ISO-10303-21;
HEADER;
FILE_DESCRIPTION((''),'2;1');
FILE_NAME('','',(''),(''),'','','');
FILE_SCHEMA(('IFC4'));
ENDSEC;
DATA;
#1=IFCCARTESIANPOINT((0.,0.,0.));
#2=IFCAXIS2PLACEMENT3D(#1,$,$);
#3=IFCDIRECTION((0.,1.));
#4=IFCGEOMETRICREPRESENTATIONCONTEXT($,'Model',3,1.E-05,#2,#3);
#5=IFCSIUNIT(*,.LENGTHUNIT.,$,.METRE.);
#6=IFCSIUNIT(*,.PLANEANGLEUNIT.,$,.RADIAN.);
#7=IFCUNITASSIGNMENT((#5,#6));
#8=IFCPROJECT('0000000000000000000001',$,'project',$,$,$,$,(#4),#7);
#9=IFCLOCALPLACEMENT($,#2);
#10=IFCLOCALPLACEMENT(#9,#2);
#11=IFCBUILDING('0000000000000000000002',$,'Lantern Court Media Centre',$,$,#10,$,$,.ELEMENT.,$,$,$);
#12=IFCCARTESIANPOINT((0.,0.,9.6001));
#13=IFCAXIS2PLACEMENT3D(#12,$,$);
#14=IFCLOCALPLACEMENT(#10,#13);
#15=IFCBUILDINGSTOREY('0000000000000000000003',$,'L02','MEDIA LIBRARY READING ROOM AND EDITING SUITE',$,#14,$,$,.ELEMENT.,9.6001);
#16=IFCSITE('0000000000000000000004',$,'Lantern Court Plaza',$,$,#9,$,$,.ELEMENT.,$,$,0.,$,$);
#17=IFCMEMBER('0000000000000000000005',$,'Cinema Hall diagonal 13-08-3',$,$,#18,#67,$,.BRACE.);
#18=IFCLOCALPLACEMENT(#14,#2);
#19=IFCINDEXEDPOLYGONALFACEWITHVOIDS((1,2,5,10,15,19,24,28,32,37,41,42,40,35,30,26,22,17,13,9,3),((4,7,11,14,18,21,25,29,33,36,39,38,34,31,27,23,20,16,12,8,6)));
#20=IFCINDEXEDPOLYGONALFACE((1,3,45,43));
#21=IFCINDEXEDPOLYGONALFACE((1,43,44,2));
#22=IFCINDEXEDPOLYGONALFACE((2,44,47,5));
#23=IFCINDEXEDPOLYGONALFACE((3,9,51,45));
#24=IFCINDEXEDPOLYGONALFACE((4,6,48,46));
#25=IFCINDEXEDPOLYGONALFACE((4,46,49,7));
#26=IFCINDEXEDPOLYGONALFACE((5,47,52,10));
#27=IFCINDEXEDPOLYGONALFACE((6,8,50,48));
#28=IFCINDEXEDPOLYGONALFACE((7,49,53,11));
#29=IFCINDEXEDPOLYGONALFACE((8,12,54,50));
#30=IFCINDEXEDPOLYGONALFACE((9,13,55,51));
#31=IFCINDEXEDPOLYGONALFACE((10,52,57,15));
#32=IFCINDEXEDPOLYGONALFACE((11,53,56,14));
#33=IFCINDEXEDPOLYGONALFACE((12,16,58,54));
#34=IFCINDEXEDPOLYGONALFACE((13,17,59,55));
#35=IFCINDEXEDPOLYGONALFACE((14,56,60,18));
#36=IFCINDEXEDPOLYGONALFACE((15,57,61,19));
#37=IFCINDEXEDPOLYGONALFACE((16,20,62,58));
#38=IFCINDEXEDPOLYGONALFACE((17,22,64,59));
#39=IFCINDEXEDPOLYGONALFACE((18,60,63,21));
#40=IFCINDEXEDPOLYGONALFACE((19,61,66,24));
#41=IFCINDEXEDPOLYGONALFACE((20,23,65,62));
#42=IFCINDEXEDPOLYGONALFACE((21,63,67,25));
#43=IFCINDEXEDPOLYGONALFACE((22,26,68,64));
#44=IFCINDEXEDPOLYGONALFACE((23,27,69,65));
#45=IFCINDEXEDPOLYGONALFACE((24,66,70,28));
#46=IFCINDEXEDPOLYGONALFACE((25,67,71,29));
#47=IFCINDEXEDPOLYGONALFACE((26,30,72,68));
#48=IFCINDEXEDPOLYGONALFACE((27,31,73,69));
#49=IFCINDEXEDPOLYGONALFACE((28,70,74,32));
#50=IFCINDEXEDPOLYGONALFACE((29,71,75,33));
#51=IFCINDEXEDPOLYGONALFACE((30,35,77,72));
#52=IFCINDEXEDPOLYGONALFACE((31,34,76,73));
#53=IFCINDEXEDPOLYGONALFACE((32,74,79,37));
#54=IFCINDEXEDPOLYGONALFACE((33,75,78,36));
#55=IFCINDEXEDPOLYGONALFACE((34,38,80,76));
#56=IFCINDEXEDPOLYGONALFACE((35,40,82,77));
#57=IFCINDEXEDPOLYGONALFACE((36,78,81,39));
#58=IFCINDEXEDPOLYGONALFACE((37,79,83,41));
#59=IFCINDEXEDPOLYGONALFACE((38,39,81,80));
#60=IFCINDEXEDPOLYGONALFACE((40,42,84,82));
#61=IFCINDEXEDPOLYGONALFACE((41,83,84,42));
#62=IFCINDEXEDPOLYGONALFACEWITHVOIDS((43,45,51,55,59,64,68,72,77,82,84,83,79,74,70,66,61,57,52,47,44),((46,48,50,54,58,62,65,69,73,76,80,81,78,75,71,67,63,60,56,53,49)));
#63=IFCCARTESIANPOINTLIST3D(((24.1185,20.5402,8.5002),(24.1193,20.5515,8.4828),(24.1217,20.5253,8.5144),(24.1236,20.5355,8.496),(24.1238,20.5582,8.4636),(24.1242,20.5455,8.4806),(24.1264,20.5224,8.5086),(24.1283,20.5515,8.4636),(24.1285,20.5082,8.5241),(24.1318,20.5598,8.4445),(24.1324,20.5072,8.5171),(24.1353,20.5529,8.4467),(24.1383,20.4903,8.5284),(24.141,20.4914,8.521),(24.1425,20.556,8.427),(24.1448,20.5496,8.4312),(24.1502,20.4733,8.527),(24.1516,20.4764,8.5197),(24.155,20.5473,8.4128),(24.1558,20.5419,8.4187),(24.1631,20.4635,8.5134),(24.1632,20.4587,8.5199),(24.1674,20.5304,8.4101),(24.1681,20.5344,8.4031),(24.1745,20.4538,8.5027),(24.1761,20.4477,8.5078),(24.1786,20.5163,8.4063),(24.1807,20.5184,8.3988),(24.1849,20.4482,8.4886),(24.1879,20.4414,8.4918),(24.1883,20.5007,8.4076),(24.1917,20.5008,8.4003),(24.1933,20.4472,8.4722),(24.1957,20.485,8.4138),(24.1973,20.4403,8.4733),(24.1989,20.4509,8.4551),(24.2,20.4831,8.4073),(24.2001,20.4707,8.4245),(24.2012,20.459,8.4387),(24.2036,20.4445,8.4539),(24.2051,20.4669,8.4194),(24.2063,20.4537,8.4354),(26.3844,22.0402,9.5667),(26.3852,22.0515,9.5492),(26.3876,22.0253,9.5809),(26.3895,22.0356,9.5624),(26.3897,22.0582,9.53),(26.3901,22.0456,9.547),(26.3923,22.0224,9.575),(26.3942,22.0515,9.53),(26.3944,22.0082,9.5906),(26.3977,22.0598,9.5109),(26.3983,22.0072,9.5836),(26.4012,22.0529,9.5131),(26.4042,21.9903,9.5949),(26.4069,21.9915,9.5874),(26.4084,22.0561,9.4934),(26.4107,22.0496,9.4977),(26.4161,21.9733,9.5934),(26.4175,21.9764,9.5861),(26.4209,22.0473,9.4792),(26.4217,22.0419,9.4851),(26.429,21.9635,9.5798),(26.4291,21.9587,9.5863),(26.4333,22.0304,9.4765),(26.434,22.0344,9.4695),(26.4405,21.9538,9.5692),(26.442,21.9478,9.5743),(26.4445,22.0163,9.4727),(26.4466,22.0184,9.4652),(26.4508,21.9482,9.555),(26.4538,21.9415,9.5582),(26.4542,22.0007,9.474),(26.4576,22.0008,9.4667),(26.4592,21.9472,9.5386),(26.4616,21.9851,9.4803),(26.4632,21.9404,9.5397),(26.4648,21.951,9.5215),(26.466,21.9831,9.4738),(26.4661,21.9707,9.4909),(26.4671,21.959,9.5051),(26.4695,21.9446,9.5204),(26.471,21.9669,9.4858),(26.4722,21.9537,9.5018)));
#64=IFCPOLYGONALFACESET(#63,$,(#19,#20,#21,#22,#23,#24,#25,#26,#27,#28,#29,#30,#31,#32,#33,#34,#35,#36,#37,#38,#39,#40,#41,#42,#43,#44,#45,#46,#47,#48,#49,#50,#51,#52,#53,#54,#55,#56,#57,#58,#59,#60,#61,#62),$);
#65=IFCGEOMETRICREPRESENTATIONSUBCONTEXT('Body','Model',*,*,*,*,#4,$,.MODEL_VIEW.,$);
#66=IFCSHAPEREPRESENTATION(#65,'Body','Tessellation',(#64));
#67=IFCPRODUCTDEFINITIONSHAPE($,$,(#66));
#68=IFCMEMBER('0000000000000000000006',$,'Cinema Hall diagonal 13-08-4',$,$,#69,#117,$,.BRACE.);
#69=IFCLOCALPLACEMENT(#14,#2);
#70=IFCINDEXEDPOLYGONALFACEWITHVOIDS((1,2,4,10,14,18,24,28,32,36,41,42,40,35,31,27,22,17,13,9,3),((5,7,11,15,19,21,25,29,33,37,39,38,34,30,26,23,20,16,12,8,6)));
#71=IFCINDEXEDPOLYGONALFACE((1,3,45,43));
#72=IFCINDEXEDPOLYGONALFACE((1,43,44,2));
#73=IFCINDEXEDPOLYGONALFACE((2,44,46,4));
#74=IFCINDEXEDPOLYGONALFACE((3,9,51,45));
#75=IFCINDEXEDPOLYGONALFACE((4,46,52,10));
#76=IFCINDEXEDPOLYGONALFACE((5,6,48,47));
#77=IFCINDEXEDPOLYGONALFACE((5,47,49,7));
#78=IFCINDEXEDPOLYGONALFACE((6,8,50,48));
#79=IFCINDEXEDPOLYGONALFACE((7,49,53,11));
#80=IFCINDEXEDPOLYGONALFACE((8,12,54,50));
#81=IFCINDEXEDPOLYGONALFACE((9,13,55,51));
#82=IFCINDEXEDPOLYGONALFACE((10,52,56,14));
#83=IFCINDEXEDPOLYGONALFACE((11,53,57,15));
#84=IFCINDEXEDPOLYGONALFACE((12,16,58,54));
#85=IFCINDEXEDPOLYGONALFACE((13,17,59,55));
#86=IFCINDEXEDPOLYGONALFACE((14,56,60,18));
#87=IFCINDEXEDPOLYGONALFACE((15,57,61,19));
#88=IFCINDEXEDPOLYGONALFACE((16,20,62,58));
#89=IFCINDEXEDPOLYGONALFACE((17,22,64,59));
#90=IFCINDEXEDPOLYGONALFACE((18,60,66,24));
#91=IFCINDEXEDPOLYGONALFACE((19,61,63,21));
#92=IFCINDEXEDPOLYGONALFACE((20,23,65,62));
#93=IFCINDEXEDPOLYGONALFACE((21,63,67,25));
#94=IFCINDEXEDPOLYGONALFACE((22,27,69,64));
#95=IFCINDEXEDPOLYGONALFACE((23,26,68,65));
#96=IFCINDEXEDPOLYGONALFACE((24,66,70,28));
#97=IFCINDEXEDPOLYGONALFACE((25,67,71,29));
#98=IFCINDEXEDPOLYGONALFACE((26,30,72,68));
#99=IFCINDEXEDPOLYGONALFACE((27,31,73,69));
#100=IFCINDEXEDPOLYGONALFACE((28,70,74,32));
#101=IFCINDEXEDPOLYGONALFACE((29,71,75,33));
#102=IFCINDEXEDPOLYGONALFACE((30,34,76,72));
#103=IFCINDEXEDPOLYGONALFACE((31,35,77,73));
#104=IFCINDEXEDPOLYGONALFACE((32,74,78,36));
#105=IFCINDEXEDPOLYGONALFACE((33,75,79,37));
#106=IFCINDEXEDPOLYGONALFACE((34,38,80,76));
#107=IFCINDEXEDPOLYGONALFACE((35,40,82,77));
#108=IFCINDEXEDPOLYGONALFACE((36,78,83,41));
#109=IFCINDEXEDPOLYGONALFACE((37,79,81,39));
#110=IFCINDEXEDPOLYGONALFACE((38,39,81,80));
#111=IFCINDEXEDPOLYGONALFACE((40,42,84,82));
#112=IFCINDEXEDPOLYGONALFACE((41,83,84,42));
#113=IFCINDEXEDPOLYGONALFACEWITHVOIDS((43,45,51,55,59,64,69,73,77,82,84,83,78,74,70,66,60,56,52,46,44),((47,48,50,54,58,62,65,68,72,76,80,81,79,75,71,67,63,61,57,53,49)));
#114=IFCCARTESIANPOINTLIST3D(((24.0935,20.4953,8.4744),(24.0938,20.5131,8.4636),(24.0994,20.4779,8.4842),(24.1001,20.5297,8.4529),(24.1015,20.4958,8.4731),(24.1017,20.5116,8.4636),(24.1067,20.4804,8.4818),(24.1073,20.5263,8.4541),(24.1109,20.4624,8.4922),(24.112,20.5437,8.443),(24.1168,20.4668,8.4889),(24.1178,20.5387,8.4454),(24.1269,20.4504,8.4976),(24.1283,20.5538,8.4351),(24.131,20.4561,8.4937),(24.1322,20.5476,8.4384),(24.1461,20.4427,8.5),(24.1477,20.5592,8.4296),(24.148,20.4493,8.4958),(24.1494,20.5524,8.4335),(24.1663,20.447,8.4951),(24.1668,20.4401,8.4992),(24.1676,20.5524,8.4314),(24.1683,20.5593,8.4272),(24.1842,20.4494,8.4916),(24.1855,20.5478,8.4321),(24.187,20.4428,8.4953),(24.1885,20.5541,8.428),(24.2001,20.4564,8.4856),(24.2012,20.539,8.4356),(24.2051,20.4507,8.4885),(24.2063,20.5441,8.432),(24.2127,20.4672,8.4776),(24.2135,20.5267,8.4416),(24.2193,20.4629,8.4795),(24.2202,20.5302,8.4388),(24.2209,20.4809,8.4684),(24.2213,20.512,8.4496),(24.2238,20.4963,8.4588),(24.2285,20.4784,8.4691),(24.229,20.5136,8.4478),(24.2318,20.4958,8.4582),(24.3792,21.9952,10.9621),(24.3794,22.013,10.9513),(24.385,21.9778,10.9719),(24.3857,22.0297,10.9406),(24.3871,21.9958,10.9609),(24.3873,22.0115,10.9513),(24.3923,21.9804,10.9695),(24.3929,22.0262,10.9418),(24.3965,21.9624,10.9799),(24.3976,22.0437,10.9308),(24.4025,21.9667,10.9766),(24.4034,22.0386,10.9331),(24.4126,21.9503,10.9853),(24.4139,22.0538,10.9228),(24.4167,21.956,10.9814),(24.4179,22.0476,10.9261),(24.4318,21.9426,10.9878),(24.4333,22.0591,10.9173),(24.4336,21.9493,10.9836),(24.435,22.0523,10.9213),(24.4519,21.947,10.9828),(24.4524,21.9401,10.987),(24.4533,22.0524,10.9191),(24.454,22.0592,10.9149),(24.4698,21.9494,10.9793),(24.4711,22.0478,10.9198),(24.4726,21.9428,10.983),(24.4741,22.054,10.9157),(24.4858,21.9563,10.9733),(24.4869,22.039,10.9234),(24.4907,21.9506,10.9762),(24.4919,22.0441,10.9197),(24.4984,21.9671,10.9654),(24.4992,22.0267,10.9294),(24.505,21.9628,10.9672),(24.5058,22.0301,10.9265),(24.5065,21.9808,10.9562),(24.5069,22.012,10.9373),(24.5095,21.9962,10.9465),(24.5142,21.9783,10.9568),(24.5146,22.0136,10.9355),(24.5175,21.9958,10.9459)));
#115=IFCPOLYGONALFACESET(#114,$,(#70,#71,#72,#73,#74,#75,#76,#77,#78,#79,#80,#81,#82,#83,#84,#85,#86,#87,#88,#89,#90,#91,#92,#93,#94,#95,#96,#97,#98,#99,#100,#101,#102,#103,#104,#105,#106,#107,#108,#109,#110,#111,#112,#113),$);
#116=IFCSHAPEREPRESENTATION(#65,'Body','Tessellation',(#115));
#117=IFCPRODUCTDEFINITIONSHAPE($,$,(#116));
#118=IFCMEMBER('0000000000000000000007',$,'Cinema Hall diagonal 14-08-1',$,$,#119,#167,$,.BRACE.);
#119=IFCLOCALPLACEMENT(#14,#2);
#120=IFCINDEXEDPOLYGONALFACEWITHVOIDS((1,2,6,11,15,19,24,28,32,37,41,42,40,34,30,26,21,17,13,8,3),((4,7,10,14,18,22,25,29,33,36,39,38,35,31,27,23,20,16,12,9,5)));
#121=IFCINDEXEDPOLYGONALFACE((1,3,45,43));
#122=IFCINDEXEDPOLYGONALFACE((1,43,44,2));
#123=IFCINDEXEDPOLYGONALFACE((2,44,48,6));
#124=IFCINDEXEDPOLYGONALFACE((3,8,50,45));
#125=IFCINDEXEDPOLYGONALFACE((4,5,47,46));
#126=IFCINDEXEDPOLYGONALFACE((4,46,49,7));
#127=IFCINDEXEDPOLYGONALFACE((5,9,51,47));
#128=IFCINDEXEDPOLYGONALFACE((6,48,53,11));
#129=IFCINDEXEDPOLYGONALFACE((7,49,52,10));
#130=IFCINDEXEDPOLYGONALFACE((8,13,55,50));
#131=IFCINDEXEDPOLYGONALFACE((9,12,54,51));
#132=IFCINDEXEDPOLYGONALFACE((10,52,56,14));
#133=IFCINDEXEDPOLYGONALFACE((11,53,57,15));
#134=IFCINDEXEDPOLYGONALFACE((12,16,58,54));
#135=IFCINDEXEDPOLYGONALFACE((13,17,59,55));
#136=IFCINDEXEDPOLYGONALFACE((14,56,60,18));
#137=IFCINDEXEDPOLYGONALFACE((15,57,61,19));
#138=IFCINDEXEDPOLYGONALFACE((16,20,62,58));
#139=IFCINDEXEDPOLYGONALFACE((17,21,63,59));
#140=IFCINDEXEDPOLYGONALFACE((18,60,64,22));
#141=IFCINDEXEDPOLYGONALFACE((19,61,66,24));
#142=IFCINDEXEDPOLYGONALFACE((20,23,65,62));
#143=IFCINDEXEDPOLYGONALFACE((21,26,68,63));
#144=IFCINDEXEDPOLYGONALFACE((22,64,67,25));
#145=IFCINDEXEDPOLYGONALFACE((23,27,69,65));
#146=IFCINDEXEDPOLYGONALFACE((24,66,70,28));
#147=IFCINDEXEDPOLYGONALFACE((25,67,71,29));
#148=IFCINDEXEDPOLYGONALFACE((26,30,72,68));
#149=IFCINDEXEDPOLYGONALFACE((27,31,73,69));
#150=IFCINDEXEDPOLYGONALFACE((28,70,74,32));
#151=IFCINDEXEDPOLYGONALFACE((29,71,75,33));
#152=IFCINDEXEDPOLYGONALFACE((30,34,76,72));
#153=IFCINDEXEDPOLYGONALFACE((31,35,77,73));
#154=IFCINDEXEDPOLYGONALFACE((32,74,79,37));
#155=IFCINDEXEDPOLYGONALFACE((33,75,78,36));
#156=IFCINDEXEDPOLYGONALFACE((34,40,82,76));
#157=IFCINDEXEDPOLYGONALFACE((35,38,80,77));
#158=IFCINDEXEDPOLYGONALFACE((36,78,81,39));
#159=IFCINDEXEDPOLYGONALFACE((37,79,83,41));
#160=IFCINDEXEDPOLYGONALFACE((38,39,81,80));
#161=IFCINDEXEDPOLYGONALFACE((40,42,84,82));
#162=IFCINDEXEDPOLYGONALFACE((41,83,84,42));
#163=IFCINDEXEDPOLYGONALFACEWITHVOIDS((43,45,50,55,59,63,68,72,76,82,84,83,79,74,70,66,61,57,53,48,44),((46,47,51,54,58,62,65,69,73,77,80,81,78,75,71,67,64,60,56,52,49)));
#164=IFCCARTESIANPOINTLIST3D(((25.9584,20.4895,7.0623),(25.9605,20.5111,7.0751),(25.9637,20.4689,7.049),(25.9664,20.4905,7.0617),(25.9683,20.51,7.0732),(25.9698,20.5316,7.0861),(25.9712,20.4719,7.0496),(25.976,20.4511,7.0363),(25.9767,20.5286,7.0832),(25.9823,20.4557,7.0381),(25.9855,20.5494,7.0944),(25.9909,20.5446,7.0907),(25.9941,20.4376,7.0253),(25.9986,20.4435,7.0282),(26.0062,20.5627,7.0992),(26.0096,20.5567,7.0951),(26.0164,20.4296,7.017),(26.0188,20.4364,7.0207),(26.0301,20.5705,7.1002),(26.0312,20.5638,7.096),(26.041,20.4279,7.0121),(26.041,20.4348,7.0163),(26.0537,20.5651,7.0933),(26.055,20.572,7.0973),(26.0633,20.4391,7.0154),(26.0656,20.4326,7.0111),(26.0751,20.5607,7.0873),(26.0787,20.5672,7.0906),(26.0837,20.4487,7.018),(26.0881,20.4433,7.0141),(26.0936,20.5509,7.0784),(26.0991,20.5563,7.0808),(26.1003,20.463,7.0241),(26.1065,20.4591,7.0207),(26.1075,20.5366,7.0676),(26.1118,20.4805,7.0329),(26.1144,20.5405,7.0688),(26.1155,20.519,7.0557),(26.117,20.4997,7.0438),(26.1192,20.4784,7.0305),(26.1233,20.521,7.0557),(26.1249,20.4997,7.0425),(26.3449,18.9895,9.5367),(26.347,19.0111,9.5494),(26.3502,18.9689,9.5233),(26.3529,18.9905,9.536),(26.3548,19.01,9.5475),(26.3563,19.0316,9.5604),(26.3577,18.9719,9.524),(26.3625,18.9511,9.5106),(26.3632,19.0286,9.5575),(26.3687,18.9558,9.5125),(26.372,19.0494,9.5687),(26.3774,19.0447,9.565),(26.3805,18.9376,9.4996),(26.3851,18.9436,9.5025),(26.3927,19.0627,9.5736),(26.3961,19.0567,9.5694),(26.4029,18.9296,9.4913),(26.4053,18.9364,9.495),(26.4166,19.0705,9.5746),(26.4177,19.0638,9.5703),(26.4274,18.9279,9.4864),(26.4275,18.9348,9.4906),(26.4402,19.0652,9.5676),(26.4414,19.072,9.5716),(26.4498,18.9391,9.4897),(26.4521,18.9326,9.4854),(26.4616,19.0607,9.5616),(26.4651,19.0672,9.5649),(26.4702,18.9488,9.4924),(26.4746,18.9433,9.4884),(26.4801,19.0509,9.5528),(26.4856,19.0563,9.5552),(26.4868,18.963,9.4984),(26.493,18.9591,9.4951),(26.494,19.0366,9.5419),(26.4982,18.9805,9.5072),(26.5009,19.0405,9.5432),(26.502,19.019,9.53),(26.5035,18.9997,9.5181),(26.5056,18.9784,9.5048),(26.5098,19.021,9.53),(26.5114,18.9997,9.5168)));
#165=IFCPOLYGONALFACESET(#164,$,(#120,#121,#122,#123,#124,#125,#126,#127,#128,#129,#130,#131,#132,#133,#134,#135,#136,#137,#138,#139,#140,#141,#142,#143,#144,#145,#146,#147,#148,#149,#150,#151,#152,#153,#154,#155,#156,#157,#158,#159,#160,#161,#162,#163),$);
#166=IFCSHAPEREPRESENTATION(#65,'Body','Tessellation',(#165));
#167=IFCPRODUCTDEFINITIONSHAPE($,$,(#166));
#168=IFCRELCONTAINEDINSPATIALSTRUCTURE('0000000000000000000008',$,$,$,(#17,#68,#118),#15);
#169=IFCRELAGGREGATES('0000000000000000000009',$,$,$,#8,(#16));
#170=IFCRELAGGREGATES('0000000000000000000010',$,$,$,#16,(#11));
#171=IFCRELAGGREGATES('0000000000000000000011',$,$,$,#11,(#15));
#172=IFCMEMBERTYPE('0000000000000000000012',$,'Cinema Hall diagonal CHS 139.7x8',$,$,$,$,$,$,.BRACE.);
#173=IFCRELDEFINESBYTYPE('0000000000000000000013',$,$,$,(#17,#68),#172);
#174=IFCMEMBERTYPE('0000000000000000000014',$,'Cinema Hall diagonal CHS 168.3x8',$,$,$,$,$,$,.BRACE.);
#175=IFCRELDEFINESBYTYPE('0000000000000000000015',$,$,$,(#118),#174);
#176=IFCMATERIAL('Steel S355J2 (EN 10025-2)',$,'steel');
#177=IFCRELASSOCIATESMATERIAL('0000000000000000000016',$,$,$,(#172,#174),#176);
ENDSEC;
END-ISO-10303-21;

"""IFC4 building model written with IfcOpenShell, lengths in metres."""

from ifc_helpers import new_model, si_unit, direction, frame, origin, origin_2d, place, context, subcontext, project, spatial, hollow_circle, extrude, material, material_profile, profile_set, type_object, element, save


model = new_model("IFC4")

# Units and contexts
model_context = context("Model", 3, precision=1e-05, world=origin(), true_north=direction((0.0, 1.0)))
body_context = subcontext(model_context, "Body", "Model", "MODEL_VIEW")
ifc_project = project(units=[si_unit("LENGTHUNIT", "METRE"), si_unit("PLANEANGLEUNIT", "RADIAN")], contexts=[model_context])

# Site, building, storey
site_placement = place(None, origin())
site = spatial("IfcSite", under=ifc_project, at=site_placement, Name="Lantern Court Plaza", CompositionType="ELEMENT", RefElevation=0.0)
building_placement = place(site_placement, origin())
building = spatial("IfcBuilding", under=site, at=building_placement, Name="Lantern Court Media Centre", CompositionType="ELEMENT")
storey_placement = place(building_placement, frame((0.0, 0.0, 9.6001)))
storey = spatial("IfcBuildingStorey", under=building, at=storey_placement, Name="L02", Description="MEDIA LIBRARY READING ROOM AND EDITING SUITE", CompositionType="ELEMENT", Elevation=9.6001)

# Members
ifc_material = material(Name="Steel S355J2 (EN 10025-2)", Category="steel")
ifc_material_profile_1 = material_profile(ifc_material, hollow_circle(Radius=0.0698, WallThickness=0.0081, at=origin_2d()), Name="Cinema Hall diagonal CHS 139.7x8")
ifc_profile_set_1 = profile_set([ifc_material_profile_1], Name="Steel S355J2 (EN 10025-2)")
member_type_1 = type_object("IfcMemberType", Name="Cinema Hall diagonal CHS 139.7x8", PredefinedType="BRACE", material=ifc_profile_set_1)
for number, where, z_axis, x_axis, name in (
    (1, (24.1624, 20.5, 8.4636), (0.776211, 0.51385, 0.365315), (-0.552002, 0.833843, 0.0), "Cinema Hall diagonal 13-08-3"),
):
    element("IfcMember", number, at=place(storey_placement, frame(where, z_axis=z_axis, x_axis=x_axis)), inside=storey, type_object=member_type_1, Name=name, PredefinedType="BRACE", context=body_context, shape_type="SweptSolid", body=[
        extrude(hollow_circle(Radius=0.0698, WallThickness=0.0081, at=origin_2d()), origin(), (0.0, 0.0, 1.0), 2.9192),
    ])
member_1_placement = place(storey_placement, frame((24.1624, 20.5, 8.4636), z_axis=(0.097856, 0.51387, 0.852268), x_axis=(-0.982347, 0.187068, 0.0)))
element("IfcMember", 2, at=member_1_placement, inside=storey, type_object=member_type_1, Name="Cinema Hall diagonal 13-08-4", PredefinedType="BRACE", context=body_context, shape_type="SweptSolid", body=[
    extrude(hollow_circle(Radius=0.0698, WallThickness=0.0081, at=origin_2d()), origin(), (0.0, 0.0, 1.0), 2.9189),
])
ifc_material_profile_2 = material_profile(ifc_material, hollow_circle(Radius=0.0842, WallThickness=0.0081, at=origin_2d()), Name="Cinema Hall diagonal CHS 168.3x8")
ifc_profile_set_2 = profile_set([ifc_material_profile_2], Name="Steel S355J2 (EN 10025-2)")
member_type_2 = type_object("IfcMemberType", Name="Cinema Hall diagonal CHS 168.3x8", PredefinedType="BRACE", material=ifc_profile_set_2)
member_2_placement = place(storey_placement, frame((26.0417, 20.5, 7.0557), z_axis=(0.13239, -0.513836, 0.847612), x_axis=(0.968374, 0.249501, 0.0)))
element("IfcMember", 3, at=member_2_placement, inside=storey, type_object=member_type_2, Name="Cinema Hall diagonal 14-08-1", PredefinedType="BRACE", context=body_context, shape_type="SweptSolid", body=[
    extrude(hollow_circle(Radius=0.0842, WallThickness=0.0081, at=origin_2d()), origin(), (0.0, 0.0, 1.0), 2.9192),
])

save(model, "model.ifc")
